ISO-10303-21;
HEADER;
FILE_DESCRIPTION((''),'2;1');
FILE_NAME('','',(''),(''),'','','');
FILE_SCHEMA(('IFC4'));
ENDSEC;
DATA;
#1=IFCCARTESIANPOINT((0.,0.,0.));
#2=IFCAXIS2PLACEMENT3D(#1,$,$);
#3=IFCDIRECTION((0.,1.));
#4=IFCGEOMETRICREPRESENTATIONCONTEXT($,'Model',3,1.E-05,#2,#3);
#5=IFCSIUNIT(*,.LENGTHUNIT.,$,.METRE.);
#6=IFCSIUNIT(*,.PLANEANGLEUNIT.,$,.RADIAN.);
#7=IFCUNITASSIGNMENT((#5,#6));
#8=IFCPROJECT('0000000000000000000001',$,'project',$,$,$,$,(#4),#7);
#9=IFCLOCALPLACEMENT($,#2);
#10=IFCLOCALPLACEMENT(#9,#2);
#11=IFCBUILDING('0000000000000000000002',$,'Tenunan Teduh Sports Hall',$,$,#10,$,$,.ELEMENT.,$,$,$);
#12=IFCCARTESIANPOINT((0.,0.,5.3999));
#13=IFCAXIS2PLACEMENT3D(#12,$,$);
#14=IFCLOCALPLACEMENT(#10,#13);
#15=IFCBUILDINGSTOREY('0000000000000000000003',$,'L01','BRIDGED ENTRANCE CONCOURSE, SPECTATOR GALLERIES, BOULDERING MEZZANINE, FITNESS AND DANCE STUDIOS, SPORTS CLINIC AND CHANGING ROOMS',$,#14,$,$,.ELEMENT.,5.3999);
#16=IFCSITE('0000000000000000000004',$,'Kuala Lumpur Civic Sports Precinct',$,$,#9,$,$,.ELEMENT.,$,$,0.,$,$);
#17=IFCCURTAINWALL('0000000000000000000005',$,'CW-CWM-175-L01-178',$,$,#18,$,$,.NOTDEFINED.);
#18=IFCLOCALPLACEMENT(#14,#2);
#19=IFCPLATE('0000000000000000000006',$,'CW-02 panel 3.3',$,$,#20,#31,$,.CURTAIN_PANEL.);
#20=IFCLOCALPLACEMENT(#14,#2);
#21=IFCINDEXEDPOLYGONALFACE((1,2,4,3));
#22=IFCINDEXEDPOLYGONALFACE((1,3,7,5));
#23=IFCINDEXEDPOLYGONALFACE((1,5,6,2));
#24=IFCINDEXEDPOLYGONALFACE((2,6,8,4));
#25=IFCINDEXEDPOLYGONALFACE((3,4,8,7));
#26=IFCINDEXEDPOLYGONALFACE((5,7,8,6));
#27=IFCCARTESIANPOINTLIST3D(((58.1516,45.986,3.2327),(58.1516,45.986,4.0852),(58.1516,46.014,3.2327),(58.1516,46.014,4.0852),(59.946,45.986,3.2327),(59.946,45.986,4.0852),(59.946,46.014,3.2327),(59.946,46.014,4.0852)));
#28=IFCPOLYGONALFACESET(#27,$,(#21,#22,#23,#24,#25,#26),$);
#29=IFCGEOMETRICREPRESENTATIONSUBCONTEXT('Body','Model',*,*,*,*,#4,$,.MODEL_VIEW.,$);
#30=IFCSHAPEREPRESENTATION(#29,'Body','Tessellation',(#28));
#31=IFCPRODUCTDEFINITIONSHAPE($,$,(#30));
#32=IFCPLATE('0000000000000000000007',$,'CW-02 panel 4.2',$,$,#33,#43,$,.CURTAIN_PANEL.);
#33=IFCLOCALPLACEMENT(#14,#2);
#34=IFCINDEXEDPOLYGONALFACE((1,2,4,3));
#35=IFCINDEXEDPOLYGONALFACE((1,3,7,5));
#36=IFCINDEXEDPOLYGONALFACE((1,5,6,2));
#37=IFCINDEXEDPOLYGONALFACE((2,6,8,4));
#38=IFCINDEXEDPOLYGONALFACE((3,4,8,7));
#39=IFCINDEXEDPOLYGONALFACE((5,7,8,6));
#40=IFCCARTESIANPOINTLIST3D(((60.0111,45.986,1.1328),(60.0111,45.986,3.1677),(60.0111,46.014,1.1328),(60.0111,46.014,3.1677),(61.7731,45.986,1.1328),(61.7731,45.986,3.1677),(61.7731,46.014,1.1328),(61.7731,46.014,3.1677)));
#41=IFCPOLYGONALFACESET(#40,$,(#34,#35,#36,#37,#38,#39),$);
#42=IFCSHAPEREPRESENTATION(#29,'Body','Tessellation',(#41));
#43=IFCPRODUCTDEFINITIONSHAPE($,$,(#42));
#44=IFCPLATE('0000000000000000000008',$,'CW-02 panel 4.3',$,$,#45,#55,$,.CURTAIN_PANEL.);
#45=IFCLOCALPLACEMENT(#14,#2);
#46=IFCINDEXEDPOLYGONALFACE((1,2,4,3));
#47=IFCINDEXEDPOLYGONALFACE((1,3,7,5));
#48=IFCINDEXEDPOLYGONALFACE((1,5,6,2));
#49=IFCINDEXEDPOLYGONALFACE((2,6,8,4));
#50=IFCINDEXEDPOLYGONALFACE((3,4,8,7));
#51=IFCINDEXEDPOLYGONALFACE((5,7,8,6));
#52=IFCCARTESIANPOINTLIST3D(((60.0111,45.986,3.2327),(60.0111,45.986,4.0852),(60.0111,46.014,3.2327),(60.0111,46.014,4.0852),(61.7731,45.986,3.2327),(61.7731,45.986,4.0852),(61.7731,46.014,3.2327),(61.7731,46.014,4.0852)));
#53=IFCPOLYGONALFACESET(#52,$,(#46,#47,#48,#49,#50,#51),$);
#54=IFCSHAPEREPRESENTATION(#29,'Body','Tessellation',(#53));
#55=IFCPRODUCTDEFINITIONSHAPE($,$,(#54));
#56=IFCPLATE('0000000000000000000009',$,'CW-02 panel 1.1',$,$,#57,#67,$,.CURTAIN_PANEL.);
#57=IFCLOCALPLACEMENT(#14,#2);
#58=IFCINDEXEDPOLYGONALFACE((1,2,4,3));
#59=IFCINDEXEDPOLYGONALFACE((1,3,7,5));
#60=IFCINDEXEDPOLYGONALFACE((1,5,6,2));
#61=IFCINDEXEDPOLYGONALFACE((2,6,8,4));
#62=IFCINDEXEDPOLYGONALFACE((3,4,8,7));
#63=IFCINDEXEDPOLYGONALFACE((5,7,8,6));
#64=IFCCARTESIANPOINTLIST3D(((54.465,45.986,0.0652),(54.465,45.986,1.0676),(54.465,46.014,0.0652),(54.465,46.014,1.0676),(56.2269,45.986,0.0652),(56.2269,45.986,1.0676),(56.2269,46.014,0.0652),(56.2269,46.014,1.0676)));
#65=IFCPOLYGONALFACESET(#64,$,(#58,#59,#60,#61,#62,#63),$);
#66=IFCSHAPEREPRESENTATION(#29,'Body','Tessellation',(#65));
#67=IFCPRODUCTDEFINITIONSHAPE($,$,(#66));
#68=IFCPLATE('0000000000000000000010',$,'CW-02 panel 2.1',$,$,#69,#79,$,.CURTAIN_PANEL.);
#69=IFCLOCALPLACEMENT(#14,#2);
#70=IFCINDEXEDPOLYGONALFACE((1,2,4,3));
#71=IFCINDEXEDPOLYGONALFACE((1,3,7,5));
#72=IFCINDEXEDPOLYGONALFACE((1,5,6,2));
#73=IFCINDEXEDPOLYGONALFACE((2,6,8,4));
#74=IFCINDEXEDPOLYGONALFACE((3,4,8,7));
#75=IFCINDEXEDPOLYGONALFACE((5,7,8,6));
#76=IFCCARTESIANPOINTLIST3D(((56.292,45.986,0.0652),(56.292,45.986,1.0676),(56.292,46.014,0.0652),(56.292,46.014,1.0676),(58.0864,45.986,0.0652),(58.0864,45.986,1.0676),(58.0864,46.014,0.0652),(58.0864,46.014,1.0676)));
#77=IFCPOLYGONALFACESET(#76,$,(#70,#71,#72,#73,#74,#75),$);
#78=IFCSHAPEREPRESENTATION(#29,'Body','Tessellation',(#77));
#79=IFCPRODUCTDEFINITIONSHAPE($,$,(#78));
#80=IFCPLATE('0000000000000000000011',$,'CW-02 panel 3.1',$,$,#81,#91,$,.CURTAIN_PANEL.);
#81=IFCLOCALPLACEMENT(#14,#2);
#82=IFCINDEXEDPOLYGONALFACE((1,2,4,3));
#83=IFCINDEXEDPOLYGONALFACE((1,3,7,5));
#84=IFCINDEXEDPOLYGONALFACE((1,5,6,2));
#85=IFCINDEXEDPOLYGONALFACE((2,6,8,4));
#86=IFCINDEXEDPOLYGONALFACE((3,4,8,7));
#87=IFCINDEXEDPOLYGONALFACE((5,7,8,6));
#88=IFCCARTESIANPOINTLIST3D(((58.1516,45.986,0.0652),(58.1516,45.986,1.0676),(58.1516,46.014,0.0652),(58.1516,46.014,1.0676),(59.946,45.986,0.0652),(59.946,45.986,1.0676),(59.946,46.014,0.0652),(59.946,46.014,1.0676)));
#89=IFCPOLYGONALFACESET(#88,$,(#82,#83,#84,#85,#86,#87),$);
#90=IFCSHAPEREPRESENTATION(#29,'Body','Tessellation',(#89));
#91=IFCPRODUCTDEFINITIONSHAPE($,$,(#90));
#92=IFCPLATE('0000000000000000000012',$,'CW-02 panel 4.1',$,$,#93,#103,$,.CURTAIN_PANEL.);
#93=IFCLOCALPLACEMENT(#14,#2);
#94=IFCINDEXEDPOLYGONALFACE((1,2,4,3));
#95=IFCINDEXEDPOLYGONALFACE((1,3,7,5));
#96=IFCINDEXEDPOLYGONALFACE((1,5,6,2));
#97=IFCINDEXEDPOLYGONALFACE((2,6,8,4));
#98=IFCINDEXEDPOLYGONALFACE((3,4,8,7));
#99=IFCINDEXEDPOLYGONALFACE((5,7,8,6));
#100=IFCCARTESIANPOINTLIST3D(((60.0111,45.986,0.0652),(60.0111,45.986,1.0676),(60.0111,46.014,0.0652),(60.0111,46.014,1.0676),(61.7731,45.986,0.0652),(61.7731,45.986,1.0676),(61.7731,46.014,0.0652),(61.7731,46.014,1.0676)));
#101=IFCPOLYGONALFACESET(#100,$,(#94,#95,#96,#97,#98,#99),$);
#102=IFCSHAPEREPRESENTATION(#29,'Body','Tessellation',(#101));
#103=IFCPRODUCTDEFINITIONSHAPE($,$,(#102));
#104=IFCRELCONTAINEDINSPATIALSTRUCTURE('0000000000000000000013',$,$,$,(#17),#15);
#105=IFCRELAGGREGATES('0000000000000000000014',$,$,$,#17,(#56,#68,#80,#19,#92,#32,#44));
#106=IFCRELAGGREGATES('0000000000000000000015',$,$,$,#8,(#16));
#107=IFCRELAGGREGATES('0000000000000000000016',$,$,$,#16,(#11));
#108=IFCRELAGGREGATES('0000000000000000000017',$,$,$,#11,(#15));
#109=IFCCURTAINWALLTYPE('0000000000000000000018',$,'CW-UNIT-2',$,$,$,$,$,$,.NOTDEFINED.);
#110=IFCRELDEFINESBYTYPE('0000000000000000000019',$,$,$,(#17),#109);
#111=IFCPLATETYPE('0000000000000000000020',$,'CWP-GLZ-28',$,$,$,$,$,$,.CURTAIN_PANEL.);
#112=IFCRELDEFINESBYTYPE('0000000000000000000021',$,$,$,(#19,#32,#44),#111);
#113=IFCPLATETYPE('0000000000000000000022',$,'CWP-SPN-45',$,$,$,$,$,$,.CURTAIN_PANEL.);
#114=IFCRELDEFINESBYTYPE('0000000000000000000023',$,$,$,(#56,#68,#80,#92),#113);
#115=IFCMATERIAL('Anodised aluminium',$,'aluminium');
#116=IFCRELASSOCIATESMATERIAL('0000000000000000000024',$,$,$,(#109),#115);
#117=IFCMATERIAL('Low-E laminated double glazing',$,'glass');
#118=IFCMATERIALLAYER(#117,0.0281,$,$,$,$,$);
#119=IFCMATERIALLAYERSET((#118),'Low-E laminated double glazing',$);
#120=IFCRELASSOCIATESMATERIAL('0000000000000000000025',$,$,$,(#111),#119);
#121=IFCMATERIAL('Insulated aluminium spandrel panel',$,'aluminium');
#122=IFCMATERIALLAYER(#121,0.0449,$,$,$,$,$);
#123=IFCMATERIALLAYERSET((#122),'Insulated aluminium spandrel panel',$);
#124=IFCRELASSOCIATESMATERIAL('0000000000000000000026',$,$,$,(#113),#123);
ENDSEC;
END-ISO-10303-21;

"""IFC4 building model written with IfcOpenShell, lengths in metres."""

from ifc_helpers import new_model, si_unit, direction, frame, origin, origin_2d, place, context, subcontext, project, spatial, rectangle, extrude, material, layer, layer_set, type_object, element, aggregate, save


model = new_model("IFC4")

# Units and contexts
model_context = context("Model", 3, precision=1e-05, world=origin(), true_north=direction((0.0, 1.0)))
body_context = subcontext(model_context, "Body", "Model", "MODEL_VIEW")
ifc_project = project(units=[si_unit("LENGTHUNIT", "METRE"), si_unit("PLANEANGLEUNIT", "RADIAN")], contexts=[model_context])

# Site, building, storey
site_placement = place(None, origin())
site = spatial("IfcSite", under=ifc_project, at=site_placement, Name="Kuala Lumpur Civic Sports Precinct", CompositionType="ELEMENT", RefElevation=0.0)
building_placement = place(site_placement, origin())
building = spatial("IfcBuilding", under=site, at=building_placement, Name="Tenunan Teduh Sports Hall", CompositionType="ELEMENT")
storey_placement = place(building_placement, frame((0.0, 0.0, 5.3999)))
storey = spatial("IfcBuildingStorey", under=building, at=storey_placement, Name="L01", Description="BRIDGED ENTRANCE CONCOURSE, SPECTATOR GALLERIES, BOULDERING MEZZANINE, FITNESS AND DANCE STUDIOS, SPORTS CLINIC AND CHANGING ROOMS", CompositionType="ELEMENT", Elevation=5.3999)

# Curtain wall
ifc_material_1 = material(Name="Anodised aluminium", Category="aluminium")
curtain_wall_type = type_object("IfcCurtainWallType", Name="CW-UNIT-2", PredefinedType="NOTDEFINED", material=ifc_material_1)
curtain_wall_placement = place(storey_placement, origin())
curtain_wall = element("IfcCurtainWall", 1, at=curtain_wall_placement, inside=storey, type_object=curtain_wall_type, Name="CW-CWM-175-L01-178", PredefinedType="NOTDEFINED")

# Plates
ifc_material_2 = material(Name="Low-E laminated double glazing", Category="glass")
ifc_layer_1 = layer(ifc_material_2, 0.0281)
ifc_layer_set_1 = layer_set([ifc_layer_1], Name="Low-E laminated double glazing")
plate_type_1 = type_object("IfcPlateType", Name="CWP-GLZ-28", PredefinedType="CURTAIN_PANEL", material=ifc_layer_set_1)
plate_1_placement = place(storey_placement, frame((59.0488, 46.0, 3.2327), z_axis=(0.0, 0.0, 1.0), x_axis=(1.0, 0.0, 0.0)))
plate_1 = element("IfcPlate", 2, at=plate_1_placement, type_object=plate_type_1, Name="CW-02 panel 3.3", PredefinedType="CURTAIN_PANEL", context=body_context, shape_type="SweptSolid", body=[
    extrude(rectangle(XDim=1.7944, YDim=0.0281, at=origin_2d()), origin(), (0.0, 0.0, 1.0), 0.8525),
])
plate_2_placement = place(storey_placement, frame((60.8921, 46.0, 1.1328), z_axis=(0.0, 0.0, 1.0), x_axis=(1.0, 0.0, 0.0)))
plate_2 = element("IfcPlate", 3, at=plate_2_placement, type_object=plate_type_1, Name="CW-02 panel 4.2", PredefinedType="CURTAIN_PANEL", context=body_context, shape_type="SweptSolid", body=[
    extrude(rectangle(XDim=1.762, YDim=0.0281, at=origin_2d()), origin(), (0.0, 0.0, 1.0), 2.0349),
])
plate_3_placement = place(storey_placement, frame((60.8921, 46.0, 3.2327), z_axis=(0.0, 0.0, 1.0), x_axis=(1.0, 0.0, 0.0)))
plate_3 = element("IfcPlate", 4, at=plate_3_placement, type_object=plate_type_1, Name="CW-02 panel 4.3", PredefinedType="CURTAIN_PANEL", context=body_context, shape_type="SweptSolid", body=[
    extrude(rectangle(XDim=1.762, YDim=0.0281, at=origin_2d()), origin(), (0.0, 0.0, 1.0), 0.8525),
])
ifc_material_3 = material(Name="Insulated aluminium spandrel panel", Category="aluminium")
ifc_layer_2 = layer(ifc_material_3, 0.0449)
ifc_layer_set_2 = layer_set([ifc_layer_2], Name="Insulated aluminium spandrel panel")
plate_type_2 = type_object("IfcPlateType", Name="CWP-SPN-45", PredefinedType="CURTAIN_PANEL", material=ifc_layer_set_2)
plate_4_placement = place(storey_placement, frame((55.3459, 46.0, 0.0652), z_axis=(0.0, 0.0, 1.0), x_axis=(1.0, 0.0, 0.0)))
plate_4 = element("IfcPlate", 5, at=plate_4_placement, type_object=plate_type_2, Name="CW-02 panel 1.1", PredefinedType="CURTAIN_PANEL", context=body_context, shape_type="SweptSolid", body=[
    extrude(rectangle(XDim=1.762, YDim=0.0281, at=origin_2d()), origin(), (0.0, 0.0, 1.0), 1.0024),
])
plate_5_placement = place(storey_placement, frame((57.1892, 46.0, 0.0652), z_axis=(0.0, 0.0, 1.0), x_axis=(1.0, 0.0, 0.0)))
plate_5 = element("IfcPlate", 6, at=plate_5_placement, type_object=plate_type_2, Name="CW-02 panel 2.1", PredefinedType="CURTAIN_PANEL", context=body_context, shape_type="SweptSolid", body=[
    extrude(rectangle(XDim=1.7944, YDim=0.0281, at=origin_2d()), origin(), (0.0, 0.0, 1.0), 1.0024),
])
plate_6_placement = place(storey_placement, frame((59.0488, 46.0, 0.0652), z_axis=(0.0, 0.0, 1.0), x_axis=(1.0, 0.0, 0.0)))
plate_6 = element("IfcPlate", 7, at=plate_6_placement, type_object=plate_type_2, Name="CW-02 panel 3.1", PredefinedType="CURTAIN_PANEL", context=body_context, shape_type="SweptSolid", body=[
    extrude(rectangle(XDim=1.7944, YDim=0.0281, at=origin_2d()), origin(), (0.0, 0.0, 1.0), 1.0024),
])
plate_7_placement = place(storey_placement, frame((60.8921, 46.0, 0.0652), z_axis=(0.0, 0.0, 1.0), x_axis=(1.0, 0.0, 0.0)))
plate_7 = element("IfcPlate", 8, at=plate_7_placement, type_object=plate_type_2, Name="CW-02 panel 4.1", PredefinedType="CURTAIN_PANEL", context=body_context, shape_type="SweptSolid", body=[
    extrude(rectangle(XDim=1.762, YDim=0.0281, at=origin_2d()), origin(), (0.0, 0.0, 1.0), 1.0024),
])
aggregate(curtain_wall, [plate_4, plate_5, plate_6, plate_1, plate_7, plate_2, plate_3])

save(model, "model.ifc")
